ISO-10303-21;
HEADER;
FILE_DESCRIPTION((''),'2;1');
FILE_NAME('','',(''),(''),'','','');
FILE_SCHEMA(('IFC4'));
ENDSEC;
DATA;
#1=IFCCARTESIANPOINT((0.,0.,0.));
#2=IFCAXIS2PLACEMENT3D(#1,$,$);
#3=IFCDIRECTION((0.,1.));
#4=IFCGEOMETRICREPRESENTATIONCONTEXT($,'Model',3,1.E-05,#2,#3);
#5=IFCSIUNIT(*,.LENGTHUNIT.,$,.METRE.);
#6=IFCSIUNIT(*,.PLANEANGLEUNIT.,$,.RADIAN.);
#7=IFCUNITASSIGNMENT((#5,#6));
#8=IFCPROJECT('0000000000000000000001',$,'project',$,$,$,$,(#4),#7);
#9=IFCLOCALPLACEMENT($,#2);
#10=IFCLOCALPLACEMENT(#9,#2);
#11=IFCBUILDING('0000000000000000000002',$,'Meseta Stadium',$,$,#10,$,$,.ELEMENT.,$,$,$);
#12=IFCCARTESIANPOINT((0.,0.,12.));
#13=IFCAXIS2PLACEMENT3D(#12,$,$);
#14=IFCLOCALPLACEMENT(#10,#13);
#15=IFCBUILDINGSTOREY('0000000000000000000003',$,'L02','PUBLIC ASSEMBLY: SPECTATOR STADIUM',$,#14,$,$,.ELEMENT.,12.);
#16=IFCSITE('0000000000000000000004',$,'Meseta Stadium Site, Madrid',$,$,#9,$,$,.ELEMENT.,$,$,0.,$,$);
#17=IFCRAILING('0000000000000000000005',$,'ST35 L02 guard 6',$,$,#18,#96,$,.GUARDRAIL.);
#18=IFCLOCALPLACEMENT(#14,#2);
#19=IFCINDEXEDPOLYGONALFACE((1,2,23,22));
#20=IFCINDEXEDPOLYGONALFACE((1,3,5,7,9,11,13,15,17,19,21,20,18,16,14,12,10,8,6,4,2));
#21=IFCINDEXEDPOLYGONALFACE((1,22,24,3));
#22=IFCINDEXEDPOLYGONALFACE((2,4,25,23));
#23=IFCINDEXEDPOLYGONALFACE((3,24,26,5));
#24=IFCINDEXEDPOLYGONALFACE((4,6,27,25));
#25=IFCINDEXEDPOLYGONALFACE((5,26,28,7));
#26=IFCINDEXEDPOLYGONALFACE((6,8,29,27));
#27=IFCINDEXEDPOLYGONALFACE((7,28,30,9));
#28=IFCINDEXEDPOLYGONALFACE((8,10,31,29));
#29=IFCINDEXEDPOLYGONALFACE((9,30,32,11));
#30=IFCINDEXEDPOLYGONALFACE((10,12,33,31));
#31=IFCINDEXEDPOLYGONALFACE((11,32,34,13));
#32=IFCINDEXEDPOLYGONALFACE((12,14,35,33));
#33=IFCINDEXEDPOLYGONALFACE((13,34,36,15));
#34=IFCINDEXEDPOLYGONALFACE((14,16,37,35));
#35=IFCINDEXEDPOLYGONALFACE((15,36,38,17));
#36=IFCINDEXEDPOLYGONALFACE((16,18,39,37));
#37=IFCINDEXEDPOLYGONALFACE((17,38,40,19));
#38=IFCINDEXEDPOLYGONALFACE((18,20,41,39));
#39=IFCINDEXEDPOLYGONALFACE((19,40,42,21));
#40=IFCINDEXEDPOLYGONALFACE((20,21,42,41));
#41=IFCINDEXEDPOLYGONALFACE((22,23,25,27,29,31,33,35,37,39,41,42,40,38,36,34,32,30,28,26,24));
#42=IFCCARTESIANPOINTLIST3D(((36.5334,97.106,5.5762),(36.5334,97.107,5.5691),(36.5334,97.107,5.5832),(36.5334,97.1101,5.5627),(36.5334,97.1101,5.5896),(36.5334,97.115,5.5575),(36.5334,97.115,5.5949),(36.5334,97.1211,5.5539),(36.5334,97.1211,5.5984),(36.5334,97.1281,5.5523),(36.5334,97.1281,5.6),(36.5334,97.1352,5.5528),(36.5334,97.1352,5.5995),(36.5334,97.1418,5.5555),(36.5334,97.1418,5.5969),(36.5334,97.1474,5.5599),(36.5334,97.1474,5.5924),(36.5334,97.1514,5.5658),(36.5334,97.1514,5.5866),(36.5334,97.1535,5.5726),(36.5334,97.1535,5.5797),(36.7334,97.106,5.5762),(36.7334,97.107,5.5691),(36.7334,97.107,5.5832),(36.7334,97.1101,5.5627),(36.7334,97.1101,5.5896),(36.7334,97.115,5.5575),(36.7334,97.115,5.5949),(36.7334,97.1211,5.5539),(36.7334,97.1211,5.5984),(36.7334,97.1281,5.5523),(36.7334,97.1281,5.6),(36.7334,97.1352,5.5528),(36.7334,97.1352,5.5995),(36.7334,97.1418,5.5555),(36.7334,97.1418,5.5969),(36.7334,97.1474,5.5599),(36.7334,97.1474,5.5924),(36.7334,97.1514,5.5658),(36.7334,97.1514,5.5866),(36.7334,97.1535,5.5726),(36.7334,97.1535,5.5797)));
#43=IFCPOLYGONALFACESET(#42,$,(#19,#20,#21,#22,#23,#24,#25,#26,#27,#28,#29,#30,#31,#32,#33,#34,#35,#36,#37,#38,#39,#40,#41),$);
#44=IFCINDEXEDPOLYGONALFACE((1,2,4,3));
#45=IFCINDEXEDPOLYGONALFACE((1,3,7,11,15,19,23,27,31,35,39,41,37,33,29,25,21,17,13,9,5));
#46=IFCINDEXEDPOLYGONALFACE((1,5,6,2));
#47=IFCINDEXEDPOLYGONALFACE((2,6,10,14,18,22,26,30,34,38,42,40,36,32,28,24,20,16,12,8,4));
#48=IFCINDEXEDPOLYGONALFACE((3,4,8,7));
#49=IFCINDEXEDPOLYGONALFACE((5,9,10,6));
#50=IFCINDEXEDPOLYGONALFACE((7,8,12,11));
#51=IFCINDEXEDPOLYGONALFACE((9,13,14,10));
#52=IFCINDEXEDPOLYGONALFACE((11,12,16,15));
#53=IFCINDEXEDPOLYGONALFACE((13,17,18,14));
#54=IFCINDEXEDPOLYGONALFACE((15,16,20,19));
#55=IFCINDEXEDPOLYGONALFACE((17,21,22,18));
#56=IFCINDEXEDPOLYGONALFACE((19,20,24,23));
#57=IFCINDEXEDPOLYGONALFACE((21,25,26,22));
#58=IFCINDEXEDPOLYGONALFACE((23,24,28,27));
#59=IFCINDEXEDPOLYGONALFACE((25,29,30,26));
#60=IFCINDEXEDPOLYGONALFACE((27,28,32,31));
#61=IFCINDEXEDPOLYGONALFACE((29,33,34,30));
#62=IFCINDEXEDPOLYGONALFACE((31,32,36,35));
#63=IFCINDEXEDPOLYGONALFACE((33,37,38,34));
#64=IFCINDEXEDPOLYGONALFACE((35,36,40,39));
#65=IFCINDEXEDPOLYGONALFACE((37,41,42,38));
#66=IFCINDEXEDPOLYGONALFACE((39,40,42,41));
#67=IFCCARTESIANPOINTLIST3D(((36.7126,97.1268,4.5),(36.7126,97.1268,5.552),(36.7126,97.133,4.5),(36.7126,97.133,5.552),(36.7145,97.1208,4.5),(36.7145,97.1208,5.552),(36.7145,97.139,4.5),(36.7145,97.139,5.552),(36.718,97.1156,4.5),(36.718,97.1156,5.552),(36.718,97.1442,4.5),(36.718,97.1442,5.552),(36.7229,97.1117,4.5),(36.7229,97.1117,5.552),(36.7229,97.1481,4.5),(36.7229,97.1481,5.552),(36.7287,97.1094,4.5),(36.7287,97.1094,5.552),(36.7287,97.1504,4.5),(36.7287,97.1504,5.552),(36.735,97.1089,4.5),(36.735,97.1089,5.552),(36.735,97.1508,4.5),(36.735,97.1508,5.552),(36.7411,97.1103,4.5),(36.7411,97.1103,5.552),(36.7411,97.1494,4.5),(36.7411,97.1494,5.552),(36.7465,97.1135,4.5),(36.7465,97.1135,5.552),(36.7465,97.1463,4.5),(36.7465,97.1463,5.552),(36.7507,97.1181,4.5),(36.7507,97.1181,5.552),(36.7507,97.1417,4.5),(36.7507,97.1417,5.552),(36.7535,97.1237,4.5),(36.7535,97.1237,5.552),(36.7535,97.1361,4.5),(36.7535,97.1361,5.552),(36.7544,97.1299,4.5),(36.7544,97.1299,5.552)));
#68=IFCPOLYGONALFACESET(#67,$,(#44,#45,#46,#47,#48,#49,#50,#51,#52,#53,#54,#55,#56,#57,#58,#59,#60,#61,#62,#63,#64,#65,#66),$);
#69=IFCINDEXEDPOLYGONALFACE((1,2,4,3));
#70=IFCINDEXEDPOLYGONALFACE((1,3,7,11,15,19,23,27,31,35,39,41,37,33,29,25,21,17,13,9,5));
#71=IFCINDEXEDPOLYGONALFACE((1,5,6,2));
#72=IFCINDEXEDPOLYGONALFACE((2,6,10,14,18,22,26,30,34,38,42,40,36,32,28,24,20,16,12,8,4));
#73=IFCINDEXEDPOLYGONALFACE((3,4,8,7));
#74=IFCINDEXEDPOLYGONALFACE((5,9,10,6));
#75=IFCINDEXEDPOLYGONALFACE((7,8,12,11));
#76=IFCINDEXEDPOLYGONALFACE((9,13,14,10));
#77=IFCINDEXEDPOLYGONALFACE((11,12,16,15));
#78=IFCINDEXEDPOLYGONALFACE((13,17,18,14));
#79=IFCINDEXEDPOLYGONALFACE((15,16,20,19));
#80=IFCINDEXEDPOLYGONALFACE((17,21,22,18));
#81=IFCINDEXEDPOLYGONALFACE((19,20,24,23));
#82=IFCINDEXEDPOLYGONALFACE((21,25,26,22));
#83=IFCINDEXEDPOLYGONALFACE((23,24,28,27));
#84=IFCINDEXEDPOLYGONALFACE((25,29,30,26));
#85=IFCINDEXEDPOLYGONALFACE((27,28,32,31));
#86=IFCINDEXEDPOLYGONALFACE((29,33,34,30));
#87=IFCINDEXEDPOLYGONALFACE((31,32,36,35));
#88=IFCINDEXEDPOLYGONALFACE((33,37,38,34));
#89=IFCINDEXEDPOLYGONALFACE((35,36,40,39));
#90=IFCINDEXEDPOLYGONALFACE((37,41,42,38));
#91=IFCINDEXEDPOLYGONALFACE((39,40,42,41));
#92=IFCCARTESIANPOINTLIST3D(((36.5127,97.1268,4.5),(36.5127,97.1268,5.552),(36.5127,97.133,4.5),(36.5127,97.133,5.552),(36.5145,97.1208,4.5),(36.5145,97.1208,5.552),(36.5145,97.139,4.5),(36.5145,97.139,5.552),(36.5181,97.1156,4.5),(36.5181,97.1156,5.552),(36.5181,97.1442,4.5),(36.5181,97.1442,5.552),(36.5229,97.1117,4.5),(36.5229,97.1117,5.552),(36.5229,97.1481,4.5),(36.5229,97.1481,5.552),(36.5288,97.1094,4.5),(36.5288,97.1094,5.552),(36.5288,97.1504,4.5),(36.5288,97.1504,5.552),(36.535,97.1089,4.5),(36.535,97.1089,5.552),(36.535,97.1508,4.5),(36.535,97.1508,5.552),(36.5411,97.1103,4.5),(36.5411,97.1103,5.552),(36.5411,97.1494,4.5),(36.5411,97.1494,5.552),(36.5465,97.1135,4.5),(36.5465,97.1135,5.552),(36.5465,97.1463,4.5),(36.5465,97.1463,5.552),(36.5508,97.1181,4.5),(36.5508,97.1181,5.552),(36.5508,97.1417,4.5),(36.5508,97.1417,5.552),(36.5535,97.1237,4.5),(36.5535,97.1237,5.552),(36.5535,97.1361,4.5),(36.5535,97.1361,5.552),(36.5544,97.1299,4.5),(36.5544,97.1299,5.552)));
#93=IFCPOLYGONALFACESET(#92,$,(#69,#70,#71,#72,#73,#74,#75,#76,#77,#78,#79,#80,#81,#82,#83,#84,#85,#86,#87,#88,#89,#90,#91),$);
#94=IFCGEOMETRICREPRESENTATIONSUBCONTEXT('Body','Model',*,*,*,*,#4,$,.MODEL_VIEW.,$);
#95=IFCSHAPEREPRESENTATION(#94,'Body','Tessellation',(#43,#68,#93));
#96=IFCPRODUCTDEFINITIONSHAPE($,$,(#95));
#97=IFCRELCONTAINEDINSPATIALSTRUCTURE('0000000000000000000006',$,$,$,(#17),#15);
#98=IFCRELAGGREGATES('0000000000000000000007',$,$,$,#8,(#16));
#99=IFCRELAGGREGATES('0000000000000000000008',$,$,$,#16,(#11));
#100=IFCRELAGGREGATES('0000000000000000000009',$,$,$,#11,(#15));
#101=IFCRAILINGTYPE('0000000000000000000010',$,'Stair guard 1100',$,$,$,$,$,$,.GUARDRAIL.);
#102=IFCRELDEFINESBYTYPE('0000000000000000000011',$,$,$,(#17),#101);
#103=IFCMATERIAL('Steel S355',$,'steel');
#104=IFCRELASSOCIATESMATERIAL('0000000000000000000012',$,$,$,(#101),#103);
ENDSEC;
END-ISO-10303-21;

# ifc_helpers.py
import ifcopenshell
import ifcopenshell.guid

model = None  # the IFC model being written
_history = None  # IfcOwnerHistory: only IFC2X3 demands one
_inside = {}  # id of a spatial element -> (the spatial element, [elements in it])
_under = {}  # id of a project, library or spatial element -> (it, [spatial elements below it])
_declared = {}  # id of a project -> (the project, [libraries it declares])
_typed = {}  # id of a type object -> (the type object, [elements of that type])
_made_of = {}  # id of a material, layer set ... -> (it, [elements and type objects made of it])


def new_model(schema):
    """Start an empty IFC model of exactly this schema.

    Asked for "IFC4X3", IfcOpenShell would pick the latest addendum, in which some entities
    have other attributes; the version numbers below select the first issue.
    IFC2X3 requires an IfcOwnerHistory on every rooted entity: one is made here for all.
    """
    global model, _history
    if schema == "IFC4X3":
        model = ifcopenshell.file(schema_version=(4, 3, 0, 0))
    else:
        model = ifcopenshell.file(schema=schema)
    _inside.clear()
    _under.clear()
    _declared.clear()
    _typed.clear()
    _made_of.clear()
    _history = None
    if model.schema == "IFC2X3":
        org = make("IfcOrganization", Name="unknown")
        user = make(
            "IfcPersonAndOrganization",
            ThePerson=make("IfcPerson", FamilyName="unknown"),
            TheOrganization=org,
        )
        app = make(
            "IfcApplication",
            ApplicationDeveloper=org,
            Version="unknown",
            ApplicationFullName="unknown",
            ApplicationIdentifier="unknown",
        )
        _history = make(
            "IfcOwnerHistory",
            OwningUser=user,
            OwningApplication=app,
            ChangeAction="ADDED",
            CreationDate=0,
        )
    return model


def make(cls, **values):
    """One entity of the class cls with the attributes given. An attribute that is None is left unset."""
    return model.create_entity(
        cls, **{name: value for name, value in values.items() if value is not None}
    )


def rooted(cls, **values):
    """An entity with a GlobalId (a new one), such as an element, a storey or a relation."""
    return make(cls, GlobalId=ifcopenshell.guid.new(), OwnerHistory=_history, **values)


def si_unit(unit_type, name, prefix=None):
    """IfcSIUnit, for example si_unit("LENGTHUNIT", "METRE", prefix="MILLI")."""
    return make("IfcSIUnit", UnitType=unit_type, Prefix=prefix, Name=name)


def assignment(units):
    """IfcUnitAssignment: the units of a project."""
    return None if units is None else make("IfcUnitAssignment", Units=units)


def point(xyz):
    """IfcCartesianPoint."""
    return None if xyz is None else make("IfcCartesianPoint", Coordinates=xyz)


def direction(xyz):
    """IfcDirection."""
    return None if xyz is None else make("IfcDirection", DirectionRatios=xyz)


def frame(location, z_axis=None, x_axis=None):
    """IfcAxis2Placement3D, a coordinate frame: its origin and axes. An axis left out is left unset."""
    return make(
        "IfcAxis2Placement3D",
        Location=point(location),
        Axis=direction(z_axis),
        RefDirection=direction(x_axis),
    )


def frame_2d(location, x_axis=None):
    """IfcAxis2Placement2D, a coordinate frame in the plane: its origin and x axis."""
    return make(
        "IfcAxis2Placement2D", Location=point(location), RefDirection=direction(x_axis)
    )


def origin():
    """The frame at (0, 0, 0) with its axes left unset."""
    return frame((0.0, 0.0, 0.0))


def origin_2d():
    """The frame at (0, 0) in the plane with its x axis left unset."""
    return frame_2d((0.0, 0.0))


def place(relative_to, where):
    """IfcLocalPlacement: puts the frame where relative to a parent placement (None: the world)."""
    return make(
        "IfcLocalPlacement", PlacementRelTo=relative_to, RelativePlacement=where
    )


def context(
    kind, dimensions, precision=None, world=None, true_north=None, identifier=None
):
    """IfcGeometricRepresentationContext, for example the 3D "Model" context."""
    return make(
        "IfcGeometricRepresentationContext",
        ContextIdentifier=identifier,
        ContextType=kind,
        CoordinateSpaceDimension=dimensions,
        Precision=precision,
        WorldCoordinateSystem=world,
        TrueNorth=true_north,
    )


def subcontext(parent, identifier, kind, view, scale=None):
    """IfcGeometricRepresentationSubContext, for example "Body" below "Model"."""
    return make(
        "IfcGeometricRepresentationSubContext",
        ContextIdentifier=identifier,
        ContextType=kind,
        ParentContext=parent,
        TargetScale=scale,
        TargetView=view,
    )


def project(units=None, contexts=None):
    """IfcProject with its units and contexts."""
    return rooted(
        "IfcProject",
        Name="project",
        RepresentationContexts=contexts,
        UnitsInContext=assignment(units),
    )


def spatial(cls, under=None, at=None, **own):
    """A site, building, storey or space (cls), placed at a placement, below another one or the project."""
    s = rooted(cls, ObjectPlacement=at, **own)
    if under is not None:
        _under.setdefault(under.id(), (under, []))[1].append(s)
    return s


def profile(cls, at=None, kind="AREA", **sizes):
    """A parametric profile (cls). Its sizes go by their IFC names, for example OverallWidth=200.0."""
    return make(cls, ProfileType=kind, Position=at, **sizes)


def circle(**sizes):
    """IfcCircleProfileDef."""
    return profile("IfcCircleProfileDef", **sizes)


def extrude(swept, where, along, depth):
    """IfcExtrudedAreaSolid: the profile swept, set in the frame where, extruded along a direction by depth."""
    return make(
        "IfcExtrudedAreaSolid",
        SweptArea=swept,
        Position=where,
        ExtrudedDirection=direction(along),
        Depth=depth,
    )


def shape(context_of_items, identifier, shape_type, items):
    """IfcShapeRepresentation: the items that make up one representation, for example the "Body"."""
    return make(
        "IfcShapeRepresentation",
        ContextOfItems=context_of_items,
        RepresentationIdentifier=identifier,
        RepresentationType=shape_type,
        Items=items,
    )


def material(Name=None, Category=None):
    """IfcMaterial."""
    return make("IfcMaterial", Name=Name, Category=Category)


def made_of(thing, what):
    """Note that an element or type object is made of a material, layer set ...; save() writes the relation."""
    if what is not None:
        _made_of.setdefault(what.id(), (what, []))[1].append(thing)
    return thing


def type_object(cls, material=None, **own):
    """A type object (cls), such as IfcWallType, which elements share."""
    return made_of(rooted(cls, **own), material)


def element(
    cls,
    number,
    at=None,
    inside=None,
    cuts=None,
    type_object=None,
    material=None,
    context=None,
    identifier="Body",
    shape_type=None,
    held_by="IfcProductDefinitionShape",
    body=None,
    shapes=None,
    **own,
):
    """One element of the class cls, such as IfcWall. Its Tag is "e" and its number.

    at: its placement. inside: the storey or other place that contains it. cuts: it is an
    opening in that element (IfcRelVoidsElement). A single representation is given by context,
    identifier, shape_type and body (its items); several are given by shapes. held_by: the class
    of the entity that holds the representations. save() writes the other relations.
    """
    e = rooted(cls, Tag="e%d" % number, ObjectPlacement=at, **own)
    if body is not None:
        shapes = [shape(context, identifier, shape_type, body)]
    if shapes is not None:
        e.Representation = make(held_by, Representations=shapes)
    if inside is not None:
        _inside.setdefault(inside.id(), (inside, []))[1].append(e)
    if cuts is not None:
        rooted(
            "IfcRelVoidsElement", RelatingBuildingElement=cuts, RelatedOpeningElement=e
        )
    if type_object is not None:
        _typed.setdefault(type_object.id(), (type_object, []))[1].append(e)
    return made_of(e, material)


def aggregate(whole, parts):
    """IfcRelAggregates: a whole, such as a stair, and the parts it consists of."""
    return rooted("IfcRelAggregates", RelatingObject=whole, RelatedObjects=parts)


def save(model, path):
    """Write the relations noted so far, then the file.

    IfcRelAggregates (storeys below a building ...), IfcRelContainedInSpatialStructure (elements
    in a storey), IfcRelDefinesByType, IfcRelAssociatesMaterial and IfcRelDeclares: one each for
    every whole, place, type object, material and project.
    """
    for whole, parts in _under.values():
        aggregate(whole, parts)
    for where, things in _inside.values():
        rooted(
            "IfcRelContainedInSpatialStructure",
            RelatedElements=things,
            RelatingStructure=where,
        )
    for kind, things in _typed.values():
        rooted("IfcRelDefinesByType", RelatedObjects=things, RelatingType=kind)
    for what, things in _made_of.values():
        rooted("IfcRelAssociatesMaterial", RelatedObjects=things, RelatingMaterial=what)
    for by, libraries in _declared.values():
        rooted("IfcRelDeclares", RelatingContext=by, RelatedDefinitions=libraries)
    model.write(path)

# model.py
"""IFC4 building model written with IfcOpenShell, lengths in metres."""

from ifc_helpers import new_model, si_unit, direction, frame, origin, origin_2d, place, context, subcontext, project, spatial, circle, extrude, material, type_object, element, save


model = new_model("IFC4")

# Units and contexts
model_context = context("Model", 3, precision=1e-05, world=origin(), true_north=direction((0.0, 1.0)))
body_context = subcontext(model_context, "Body", "Model", "MODEL_VIEW")
ifc_project = project(units=[si_unit("LENGTHUNIT", "METRE"), si_unit("PLANEANGLEUNIT", "RADIAN")], contexts=[model_context])

# Site, building, storey
site_placement = place(None, origin())
site = spatial("IfcSite", under=ifc_project, at=site_placement, Name="Meseta Stadium Site, Madrid", CompositionType="ELEMENT", RefElevation=0.0)
building_placement = place(site_placement, origin())
building = spatial("IfcBuilding", under=site, at=building_placement, Name="Meseta Stadium", CompositionType="ELEMENT")
storey_placement = place(building_placement, frame((0.0, 0.0, 12.0)))
storey = spatial("IfcBuildingStorey", under=building, at=storey_placement, Name="L02", Description="PUBLIC ASSEMBLY: SPECTATOR STADIUM", CompositionType="ELEMENT", Elevation=12.0)

# Railing
ifc_material_1 = material(Name="Steel S355", Category="steel")
railing_type_1 = type_object("IfcRailingType", Name="Stair guard 1100", PredefinedType="GUARDRAIL", material=ifc_material_1)
railing_1_placement = place(storey_placement, frame((36.7334, 97.1299, 4.5)))
element("IfcRailing", 1, at=railing_1_placement, inside=storey, type_object=railing_type_1, Name="ST35 L02 guard 6", PredefinedType="GUARDRAIL", context=body_context, shape_type="SweptSolid", body=[
    extrude(circle(Radius=0.0239, at=origin_2d()), frame((0.0, 0.0, 1.0762), z_axis=(-1.0, 0.0, 0.0), x_axis=(0.0, -1.0, 0.0)), (0.0, 0.0, 1.0), 0.2),
    extrude(circle(Radius=0.021, at=origin_2d()), origin(), (0.0, 0.0, 1.0), 1.052),
    extrude(circle(Radius=0.021, at=origin_2d()), frame((-0.2, 0.0, 0.0)), (0.0, 0.0, 1.0), 1.052),
])

save(model, "model.ifc")
